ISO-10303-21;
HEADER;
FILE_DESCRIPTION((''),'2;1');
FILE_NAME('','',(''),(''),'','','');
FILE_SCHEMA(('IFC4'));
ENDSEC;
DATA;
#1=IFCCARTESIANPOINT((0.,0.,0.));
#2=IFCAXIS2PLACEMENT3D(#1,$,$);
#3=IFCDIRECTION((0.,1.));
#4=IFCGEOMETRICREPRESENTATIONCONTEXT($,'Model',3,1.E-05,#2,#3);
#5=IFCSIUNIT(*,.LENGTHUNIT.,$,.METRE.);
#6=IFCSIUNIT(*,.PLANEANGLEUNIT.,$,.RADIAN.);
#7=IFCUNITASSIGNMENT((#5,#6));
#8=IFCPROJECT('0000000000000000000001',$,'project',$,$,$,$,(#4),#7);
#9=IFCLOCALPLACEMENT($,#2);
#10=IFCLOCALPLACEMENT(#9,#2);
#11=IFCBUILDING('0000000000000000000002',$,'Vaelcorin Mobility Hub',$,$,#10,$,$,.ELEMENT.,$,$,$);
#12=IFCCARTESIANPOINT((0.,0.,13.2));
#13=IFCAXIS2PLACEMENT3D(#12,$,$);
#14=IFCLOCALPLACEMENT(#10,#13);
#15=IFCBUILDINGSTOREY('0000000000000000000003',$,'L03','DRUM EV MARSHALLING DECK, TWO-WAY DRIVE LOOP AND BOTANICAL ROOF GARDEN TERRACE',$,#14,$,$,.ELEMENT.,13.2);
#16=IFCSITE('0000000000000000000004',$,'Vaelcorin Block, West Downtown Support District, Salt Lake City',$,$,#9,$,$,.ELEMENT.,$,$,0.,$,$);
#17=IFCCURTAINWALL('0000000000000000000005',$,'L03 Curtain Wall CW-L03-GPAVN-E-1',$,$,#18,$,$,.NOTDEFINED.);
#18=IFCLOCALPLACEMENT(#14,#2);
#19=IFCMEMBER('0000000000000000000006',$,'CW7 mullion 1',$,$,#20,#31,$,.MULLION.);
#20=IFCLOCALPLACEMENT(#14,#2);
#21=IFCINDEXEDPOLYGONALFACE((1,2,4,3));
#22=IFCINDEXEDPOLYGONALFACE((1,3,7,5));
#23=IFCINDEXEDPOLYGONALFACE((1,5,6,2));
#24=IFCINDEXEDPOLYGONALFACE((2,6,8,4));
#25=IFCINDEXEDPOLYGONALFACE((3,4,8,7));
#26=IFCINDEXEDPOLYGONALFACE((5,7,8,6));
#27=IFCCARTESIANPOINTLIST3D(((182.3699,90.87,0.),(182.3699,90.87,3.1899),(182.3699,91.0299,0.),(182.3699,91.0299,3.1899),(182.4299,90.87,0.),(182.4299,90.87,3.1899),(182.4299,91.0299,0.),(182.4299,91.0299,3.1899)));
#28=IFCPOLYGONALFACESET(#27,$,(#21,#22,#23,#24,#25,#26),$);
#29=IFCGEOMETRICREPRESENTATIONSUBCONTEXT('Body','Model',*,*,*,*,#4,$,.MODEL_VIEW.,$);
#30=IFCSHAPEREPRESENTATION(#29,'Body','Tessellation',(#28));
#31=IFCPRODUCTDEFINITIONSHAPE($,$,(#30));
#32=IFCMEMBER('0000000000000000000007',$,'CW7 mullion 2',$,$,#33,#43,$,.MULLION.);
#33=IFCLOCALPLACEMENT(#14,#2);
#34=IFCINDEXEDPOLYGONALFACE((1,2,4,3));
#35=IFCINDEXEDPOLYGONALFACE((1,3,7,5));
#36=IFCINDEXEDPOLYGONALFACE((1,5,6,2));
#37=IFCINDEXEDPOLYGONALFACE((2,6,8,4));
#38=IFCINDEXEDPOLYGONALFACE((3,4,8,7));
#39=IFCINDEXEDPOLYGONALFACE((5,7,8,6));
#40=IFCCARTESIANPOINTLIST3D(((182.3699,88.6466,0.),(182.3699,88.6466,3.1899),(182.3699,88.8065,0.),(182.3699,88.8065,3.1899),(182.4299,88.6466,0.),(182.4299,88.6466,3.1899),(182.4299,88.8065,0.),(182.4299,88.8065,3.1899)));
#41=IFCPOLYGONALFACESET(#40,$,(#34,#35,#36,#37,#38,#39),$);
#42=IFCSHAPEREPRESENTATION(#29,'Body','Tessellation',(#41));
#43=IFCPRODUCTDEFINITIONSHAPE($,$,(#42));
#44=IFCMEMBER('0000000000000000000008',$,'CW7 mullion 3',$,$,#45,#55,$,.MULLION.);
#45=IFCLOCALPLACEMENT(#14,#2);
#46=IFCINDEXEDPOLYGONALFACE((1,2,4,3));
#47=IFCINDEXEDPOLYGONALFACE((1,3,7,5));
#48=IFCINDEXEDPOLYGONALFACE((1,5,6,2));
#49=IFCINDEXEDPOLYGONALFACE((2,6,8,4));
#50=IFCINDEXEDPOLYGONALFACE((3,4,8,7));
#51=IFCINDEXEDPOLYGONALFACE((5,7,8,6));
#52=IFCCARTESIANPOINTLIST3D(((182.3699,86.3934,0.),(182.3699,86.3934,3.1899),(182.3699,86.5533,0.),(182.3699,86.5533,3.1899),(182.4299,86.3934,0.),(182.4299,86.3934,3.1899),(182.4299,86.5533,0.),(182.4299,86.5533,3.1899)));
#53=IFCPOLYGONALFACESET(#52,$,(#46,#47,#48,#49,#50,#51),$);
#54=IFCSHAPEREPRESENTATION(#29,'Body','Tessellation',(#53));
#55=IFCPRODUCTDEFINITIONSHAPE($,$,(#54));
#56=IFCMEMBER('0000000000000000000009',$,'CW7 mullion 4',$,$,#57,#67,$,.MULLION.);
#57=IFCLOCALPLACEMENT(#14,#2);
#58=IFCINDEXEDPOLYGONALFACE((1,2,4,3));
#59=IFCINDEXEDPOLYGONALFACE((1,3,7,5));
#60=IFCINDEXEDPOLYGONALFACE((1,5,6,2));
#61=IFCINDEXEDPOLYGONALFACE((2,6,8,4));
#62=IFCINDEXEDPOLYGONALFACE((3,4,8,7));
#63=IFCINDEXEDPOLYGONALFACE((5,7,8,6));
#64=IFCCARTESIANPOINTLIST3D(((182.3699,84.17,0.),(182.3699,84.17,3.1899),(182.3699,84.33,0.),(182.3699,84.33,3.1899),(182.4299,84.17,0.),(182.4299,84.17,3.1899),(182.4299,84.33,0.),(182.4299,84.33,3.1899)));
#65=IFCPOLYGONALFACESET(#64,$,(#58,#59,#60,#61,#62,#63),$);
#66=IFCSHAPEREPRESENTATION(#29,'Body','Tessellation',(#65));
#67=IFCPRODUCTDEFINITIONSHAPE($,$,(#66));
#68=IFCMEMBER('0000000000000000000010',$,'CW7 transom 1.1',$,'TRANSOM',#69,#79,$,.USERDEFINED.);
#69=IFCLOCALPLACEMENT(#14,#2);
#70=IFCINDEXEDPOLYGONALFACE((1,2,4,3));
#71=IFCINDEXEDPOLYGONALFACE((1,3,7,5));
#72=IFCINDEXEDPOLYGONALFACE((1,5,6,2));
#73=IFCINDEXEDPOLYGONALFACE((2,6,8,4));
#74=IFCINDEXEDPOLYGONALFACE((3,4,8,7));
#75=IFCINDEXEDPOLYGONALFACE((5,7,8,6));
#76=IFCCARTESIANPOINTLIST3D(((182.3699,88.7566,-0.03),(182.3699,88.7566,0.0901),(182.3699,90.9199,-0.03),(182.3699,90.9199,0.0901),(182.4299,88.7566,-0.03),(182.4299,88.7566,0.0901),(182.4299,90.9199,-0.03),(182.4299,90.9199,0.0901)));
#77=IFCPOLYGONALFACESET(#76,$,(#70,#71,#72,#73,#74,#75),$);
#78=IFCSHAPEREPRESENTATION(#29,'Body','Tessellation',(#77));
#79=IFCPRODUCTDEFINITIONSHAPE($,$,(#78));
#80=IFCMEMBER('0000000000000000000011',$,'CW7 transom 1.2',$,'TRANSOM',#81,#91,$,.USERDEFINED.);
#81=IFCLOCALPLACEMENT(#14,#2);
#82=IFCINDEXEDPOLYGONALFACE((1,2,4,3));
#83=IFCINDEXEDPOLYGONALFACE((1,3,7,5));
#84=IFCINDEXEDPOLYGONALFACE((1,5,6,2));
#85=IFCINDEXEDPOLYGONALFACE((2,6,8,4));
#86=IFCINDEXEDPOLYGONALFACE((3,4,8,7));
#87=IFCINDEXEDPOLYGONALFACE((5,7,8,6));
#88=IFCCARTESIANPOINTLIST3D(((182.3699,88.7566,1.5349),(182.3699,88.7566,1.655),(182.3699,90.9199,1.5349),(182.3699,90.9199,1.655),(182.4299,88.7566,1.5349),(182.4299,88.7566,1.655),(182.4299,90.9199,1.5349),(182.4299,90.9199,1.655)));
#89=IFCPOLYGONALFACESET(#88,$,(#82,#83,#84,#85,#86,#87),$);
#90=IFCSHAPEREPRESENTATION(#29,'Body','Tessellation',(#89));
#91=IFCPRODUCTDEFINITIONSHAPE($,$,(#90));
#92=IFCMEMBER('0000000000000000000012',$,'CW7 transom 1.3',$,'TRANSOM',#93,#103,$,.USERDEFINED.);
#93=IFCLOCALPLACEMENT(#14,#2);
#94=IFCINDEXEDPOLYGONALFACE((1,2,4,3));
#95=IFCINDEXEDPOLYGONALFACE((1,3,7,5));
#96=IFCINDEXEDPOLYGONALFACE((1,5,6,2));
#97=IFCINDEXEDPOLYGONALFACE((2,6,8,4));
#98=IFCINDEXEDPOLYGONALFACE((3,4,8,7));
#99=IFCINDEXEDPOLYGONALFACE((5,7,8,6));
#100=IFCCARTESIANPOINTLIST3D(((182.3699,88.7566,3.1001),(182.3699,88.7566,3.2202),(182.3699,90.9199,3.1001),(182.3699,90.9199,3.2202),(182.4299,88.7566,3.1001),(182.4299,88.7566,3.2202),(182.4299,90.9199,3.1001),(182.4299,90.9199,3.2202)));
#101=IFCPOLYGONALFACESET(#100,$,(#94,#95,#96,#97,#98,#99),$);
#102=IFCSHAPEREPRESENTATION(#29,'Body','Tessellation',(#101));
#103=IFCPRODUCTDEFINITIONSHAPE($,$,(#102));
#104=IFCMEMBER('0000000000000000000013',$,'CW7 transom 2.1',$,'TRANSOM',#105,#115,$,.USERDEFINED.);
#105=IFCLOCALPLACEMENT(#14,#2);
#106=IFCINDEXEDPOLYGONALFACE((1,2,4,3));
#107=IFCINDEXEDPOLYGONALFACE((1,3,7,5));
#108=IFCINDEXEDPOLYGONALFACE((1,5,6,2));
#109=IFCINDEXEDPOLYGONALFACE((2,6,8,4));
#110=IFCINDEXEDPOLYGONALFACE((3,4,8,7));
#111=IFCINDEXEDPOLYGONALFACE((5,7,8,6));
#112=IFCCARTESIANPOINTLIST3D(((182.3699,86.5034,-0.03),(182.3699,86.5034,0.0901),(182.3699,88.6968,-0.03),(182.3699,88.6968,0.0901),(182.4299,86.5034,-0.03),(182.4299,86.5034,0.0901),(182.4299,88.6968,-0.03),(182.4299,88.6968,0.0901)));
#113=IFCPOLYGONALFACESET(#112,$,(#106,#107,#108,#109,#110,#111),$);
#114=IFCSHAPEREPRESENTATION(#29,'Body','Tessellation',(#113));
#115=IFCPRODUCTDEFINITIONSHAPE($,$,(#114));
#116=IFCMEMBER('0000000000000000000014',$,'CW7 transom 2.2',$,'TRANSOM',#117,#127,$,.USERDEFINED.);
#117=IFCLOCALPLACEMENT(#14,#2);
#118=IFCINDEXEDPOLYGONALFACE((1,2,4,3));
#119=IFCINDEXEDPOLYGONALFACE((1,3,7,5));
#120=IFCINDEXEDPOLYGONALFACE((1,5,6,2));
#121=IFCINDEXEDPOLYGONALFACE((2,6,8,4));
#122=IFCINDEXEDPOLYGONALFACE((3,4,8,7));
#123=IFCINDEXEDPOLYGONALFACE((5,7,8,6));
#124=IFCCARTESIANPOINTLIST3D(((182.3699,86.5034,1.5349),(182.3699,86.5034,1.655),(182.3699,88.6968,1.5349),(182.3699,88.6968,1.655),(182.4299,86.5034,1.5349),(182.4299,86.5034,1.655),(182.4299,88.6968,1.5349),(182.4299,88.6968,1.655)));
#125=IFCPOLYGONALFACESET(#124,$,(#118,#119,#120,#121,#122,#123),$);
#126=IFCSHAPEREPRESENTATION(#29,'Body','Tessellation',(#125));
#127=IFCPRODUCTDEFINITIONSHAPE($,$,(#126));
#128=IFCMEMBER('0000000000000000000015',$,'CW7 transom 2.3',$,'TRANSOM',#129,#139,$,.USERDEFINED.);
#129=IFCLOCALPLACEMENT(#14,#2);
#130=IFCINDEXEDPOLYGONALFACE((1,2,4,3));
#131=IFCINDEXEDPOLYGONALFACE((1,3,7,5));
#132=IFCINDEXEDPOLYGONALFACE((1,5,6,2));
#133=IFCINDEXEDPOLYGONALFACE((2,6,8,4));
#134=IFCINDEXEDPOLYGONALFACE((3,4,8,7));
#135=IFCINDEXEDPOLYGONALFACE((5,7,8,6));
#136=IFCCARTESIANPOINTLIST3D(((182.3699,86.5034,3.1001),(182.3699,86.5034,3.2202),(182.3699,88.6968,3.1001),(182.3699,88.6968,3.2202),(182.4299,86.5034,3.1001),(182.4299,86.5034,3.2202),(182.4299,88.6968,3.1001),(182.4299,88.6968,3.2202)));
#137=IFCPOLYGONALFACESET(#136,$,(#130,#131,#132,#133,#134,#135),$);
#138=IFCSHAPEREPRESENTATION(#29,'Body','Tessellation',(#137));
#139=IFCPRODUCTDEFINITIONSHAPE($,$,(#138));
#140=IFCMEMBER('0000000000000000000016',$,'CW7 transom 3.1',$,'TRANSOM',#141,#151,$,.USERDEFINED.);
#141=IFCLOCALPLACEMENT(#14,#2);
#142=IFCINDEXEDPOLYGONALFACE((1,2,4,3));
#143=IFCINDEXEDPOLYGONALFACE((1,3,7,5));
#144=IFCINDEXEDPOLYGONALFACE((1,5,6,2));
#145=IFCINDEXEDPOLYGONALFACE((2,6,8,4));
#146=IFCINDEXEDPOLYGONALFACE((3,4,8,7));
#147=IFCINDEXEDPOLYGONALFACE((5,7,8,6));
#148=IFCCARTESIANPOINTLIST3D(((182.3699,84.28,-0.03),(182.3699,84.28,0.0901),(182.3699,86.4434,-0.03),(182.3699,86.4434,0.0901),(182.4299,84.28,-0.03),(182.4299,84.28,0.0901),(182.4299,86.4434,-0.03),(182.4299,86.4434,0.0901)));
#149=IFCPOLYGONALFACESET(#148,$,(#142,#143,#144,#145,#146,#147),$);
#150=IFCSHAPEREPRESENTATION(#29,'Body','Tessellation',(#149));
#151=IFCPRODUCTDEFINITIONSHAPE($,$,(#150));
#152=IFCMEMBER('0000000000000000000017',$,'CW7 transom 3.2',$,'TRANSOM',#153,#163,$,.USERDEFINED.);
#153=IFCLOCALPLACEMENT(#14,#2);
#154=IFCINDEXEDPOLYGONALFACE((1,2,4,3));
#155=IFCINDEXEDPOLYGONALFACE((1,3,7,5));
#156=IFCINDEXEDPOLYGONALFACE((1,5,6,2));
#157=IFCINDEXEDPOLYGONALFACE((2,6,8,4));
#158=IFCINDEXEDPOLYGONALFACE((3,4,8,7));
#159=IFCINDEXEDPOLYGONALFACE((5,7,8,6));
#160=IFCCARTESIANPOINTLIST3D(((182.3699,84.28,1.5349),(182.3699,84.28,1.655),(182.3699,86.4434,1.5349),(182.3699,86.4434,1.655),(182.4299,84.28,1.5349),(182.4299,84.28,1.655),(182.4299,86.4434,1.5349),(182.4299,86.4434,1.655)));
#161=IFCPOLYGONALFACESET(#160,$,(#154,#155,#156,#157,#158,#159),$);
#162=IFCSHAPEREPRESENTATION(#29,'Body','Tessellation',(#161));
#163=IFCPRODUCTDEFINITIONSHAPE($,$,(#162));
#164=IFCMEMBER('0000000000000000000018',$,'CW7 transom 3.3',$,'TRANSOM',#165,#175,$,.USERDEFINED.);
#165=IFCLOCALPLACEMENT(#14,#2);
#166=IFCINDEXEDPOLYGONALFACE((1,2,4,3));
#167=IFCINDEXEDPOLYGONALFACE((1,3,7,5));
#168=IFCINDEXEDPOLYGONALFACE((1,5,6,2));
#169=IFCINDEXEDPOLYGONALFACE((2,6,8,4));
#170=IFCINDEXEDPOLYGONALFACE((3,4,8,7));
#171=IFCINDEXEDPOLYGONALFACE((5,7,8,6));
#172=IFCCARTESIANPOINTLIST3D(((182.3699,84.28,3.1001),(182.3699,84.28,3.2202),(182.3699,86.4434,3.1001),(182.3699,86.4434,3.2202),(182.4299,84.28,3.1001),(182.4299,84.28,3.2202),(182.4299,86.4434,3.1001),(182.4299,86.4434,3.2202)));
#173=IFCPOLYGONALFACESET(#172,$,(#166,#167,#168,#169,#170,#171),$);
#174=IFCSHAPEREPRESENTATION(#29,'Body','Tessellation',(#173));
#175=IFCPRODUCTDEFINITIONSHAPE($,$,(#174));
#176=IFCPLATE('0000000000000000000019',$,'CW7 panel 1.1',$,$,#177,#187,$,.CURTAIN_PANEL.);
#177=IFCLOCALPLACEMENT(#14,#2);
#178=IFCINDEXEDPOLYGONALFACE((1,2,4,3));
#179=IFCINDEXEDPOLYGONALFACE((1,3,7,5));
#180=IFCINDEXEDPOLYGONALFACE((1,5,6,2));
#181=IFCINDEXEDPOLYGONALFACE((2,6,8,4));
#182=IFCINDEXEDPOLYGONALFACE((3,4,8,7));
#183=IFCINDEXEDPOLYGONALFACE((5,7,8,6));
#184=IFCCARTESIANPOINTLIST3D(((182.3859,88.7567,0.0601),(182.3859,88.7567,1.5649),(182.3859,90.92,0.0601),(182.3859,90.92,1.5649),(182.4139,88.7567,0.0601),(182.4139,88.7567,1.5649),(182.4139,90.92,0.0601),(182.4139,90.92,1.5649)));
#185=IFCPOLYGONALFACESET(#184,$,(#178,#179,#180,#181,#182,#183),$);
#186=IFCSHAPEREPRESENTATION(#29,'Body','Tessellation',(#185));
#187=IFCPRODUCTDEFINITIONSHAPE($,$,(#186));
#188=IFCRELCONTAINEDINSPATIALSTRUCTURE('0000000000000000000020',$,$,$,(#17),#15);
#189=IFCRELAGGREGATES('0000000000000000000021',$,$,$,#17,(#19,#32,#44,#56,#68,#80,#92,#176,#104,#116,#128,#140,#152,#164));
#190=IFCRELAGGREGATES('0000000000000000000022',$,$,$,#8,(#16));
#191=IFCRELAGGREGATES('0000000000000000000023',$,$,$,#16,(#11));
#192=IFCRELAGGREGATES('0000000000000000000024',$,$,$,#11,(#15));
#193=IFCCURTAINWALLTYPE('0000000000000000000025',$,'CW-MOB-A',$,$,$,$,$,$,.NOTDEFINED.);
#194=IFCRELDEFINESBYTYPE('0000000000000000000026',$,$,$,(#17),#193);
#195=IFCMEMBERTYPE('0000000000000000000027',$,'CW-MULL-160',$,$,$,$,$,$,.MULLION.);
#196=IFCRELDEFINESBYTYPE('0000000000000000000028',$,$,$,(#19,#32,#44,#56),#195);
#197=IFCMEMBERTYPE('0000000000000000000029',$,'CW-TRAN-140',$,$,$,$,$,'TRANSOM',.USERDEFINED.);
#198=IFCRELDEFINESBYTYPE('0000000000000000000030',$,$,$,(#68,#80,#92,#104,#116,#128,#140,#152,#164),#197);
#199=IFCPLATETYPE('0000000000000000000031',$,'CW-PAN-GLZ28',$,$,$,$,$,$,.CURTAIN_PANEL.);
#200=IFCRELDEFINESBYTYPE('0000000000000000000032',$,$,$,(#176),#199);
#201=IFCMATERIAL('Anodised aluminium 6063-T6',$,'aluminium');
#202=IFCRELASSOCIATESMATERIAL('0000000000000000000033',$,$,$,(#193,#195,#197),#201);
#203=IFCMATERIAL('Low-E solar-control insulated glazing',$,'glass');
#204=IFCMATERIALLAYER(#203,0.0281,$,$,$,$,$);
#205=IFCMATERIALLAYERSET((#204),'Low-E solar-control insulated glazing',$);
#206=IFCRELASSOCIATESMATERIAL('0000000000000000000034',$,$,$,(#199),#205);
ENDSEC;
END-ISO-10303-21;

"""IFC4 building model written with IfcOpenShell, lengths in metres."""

from ifc_helpers import new_model, si_unit, direction, frame, origin, origin_2d, place, context, subcontext, project, spatial, rectangle, extrude, material, layer, layer_set, material_profile, profile_set, type_object, element, aggregate, save


model = new_model("IFC4")

# Units and contexts
model_context = context("Model", 3, precision=1e-05, world=origin(), true_north=direction((0.0, 1.0)))
body_context = subcontext(model_context, "Body", "Model", "MODEL_VIEW")
ifc_project = project(units=[si_unit("LENGTHUNIT", "METRE"), si_unit("PLANEANGLEUNIT", "RADIAN")], contexts=[model_context])

# Site, building, storey
site_placement = place(None, origin())
site = spatial("IfcSite", under=ifc_project, at=site_placement, Name="Vaelcorin Block, West Downtown Support District, Salt Lake City", CompositionType="ELEMENT", RefElevation=0.0)
building_placement = place(site_placement, origin())
building = spatial("IfcBuilding", under=site, at=building_placement, Name="Vaelcorin Mobility Hub", CompositionType="ELEMENT")
storey_placement = place(building_placement, frame((0.0, 0.0, 13.2)))
storey = spatial("IfcBuildingStorey", under=building, at=storey_placement, Name="L03", Description="DRUM EV MARSHALLING DECK, TWO-WAY DRIVE LOOP AND BOTANICAL ROOF GARDEN TERRACE", CompositionType="ELEMENT", Elevation=13.2)

# Curtain wall, members, plate
ifc_material_1 = material(Name="Anodised aluminium 6063-T6", Category="aluminium")
curtain_wall_type = type_object("IfcCurtainWallType", Name="CW-MOB-A", PredefinedType="NOTDEFINED", material=ifc_material_1)
curtain_wall_placement = place(storey_placement, origin())
curtain_wall = element("IfcCurtainWall", 1, at=curtain_wall_placement, inside=storey, type_object=curtain_wall_type, Name="L03 Curtain Wall CW-L03-GPAVN-E-1", PredefinedType="NOTDEFINED")
ifc_material_profile_1 = material_profile(ifc_material_1, rectangle(XDim=0.0601, YDim=0.1599, at=origin_2d()), Name="ALU-M60X160")
ifc_profile_set_1 = profile_set([ifc_material_profile_1], Name="Anodised aluminium 6063-T6")
member_type_1 = type_object("IfcMemberType", Name="CW-MULL-160", PredefinedType="MULLION", material=ifc_profile_set_1)
member_1_placement = place(storey_placement, frame((182.3999, 90.95, 0.0), z_axis=(0.0, 0.0, 1.0), x_axis=(1.0, 0.0, 0.0)))
member_1 = element("IfcMember", 2, at=member_1_placement, type_object=member_type_1, Name="CW7 mullion 1", PredefinedType="MULLION", context=body_context, shape_type="SweptSolid", body=[
    extrude(rectangle(XDim=0.0601, YDim=0.1599, at=origin_2d()), origin(), (0.0, 0.0, 1.0), 3.1899),
])
member_2_placement = place(storey_placement, frame((182.3999, 88.7266, 0.0), z_axis=(0.0, 0.0, 1.0), x_axis=(1.0, 0.0, 0.0)))
member_2 = element("IfcMember", 3, at=member_2_placement, type_object=member_type_1, Name="CW7 mullion 2", PredefinedType="MULLION", context=body_context, shape_type="SweptSolid", body=[
    extrude(rectangle(XDim=0.0601, YDim=0.1599, at=origin_2d()), origin(), (0.0, 0.0, 1.0), 3.1899),
])
member_3_placement = place(storey_placement, frame((182.3999, 86.4734, 0.0), z_axis=(0.0, 0.0, 1.0), x_axis=(1.0, 0.0, 0.0)))
member_3 = element("IfcMember", 4, at=member_3_placement, type_object=member_type_1, Name="CW7 mullion 3", PredefinedType="MULLION", context=body_context, shape_type="SweptSolid", body=[
    extrude(rectangle(XDim=0.0601, YDim=0.1599, at=origin_2d()), origin(), (0.0, 0.0, 1.0), 3.1899),
])
member_4_placement = place(storey_placement, frame((182.3999, 84.25, 0.0), z_axis=(0.0, 0.0, 1.0), x_axis=(1.0, 0.0, 0.0)))
member_4 = element("IfcMember", 5, at=member_4_placement, type_object=member_type_1, Name="CW7 mullion 4", PredefinedType="MULLION", context=body_context, shape_type="SweptSolid", body=[
    extrude(rectangle(XDim=0.0601, YDim=0.1599, at=origin_2d()), origin(), (0.0, 0.0, 1.0), 3.1899),
])
ifc_material_profile_2 = material_profile(ifc_material_1, rectangle(XDim=0.0601, YDim=0.1201, at=origin_2d()), Name="ALU-T60X120")
ifc_profile_set_2 = profile_set([ifc_material_profile_2], Name="Anodised aluminium 6063-T6")
member_type_2 = type_object("IfcMemberType", Name="CW-TRAN-140", ElementType="TRANSOM", PredefinedType="USERDEFINED", material=ifc_profile_set_2)
member_5_placement = place(storey_placement, frame((182.3999, 90.9199, 0.03), z_axis=(0.0, -1.0, 0.0), x_axis=(1.0, 0.0, 0.0)))
member_5 = element("IfcMember", 6, at=member_5_placement, type_object=member_type_2, Name="CW7 transom 1.1", ObjectType="TRANSOM", PredefinedType="USERDEFINED", context=body_context, shape_type="SweptSolid", body=[
    extrude(rectangle(XDim=0.0601, YDim=0.1201, at=origin_2d()), origin(), (0.0, 0.0, 1.0), 2.1633),
])
member_6_placement = place(storey_placement, frame((182.3999, 90.9199, 1.595), z_axis=(0.0, -1.0, 0.0), x_axis=(1.0, 0.0, 0.0)))
member_6 = element("IfcMember", 7, at=member_6_placement, type_object=member_type_2, Name="CW7 transom 1.2", ObjectType="TRANSOM", PredefinedType="USERDEFINED", context=body_context, shape_type="SweptSolid", body=[
    extrude(rectangle(XDim=0.0601, YDim=0.1201, at=origin_2d()), origin(), (0.0, 0.0, 1.0), 2.1633),
])
member_7_placement = place(storey_placement, frame((182.3999, 90.9199, 3.1602), z_axis=(0.0, -1.0, 0.0), x_axis=(1.0, 0.0, 0.0)))
member_7 = element("IfcMember", 8, at=member_7_placement, type_object=member_type_2, Name="CW7 transom 1.3", ObjectType="TRANSOM", PredefinedType="USERDEFINED", context=body_context, shape_type="SweptSolid", body=[
    extrude(rectangle(XDim=0.0601, YDim=0.1201, at=origin_2d()), origin(), (0.0, 0.0, 1.0), 2.1633),
])
member_8_placement = place(storey_placement, frame((182.3999, 88.6968, 0.03), z_axis=(0.0, -1.0, 0.0), x_axis=(1.0, 0.0, 0.0)))
member_8 = element("IfcMember", 9, at=member_8_placement, type_object=member_type_2, Name="CW7 transom 2.1", ObjectType="TRANSOM", PredefinedType="USERDEFINED", context=body_context, shape_type="SweptSolid", body=[
    extrude(rectangle(XDim=0.0601, YDim=0.1201, at=origin_2d()), origin(), (0.0, 0.0, 1.0), 2.1934),
])
member_9_placement = place(storey_placement, frame((182.3999, 88.6968, 1.595), z_axis=(0.0, -1.0, 0.0), x_axis=(1.0, 0.0, 0.0)))
member_9 = element("IfcMember", 10, at=member_9_placement, type_object=member_type_2, Name="CW7 transom 2.2", ObjectType="TRANSOM", PredefinedType="USERDEFINED", context=body_context, shape_type="SweptSolid", body=[
    extrude(rectangle(XDim=0.0601, YDim=0.1201, at=origin_2d()), origin(), (0.0, 0.0, 1.0), 2.1934),
])
member_10_placement = place(storey_placement, frame((182.3999, 88.6968, 3.1602), z_axis=(0.0, -1.0, 0.0), x_axis=(1.0, 0.0, 0.0)))
member_10 = element("IfcMember", 11, at=member_10_placement, type_object=member_type_2, Name="CW7 transom 2.3", ObjectType="TRANSOM", PredefinedType="USERDEFINED", context=body_context, shape_type="SweptSolid", body=[
    extrude(rectangle(XDim=0.0601, YDim=0.1201, at=origin_2d()), origin(), (0.0, 0.0, 1.0), 2.1934),
])
member_11_placement = place(storey_placement, frame((182.3999, 86.4434, 0.03), z_axis=(0.0, -1.0, 0.0), x_axis=(1.0, 0.0, 0.0)))
member_11 = element("IfcMember", 12, at=member_11_placement, type_object=member_type_2, Name="CW7 transom 3.1", ObjectType="TRANSOM", PredefinedType="USERDEFINED", context=body_context, shape_type="SweptSolid", body=[
    extrude(rectangle(XDim=0.0601, YDim=0.1201, at=origin_2d()), origin(), (0.0, 0.0, 1.0), 2.1633),
])
member_12_placement = place(storey_placement, frame((182.3999, 86.4434, 1.595), z_axis=(0.0, -1.0, 0.0), x_axis=(1.0, 0.0, 0.0)))
member_12 = element("IfcMember", 13, at=member_12_placement, type_object=member_type_2, Name="CW7 transom 3.2", ObjectType="TRANSOM", PredefinedType="USERDEFINED", context=body_context, shape_type="SweptSolid", body=[
    extrude(rectangle(XDim=0.0601, YDim=0.1201, at=origin_2d()), origin(), (0.0, 0.0, 1.0), 2.1633),
])
member_13_placement = place(storey_placement, frame((182.3999, 86.4434, 3.1602), z_axis=(0.0, -1.0, 0.0), x_axis=(1.0, 0.0, 0.0)))
member_13 = element("IfcMember", 14, at=member_13_placement, type_object=member_type_2, Name="CW7 transom 3.3", ObjectType="TRANSOM", PredefinedType="USERDEFINED", context=body_context, shape_type="SweptSolid", body=[
    extrude(rectangle(XDim=0.0601, YDim=0.1201, at=origin_2d()), origin(), (0.0, 0.0, 1.0), 2.1633),
])
ifc_material_2 = material(Name="Low-E solar-control insulated glazing", Category="glass")
ifc_layer = layer(ifc_material_2, 0.0281)
ifc_layer_set = layer_set([ifc_layer], Name="Low-E solar-control insulated glazing")
plate_type = type_object("IfcPlateType", Name="CW-PAN-GLZ28", PredefinedType="CURTAIN_PANEL", material=ifc_layer_set)
plate_1_placement = place(storey_placement, frame((182.3999, 89.8384, 0.0601), z_axis=(0.0, 0.0, 1.0), x_axis=(0.0, -1.0, 0.0)))
plate_1 = element("IfcPlate", 15, at=plate_1_placement, type_object=plate_type, Name="CW7 panel 1.1", PredefinedType="CURTAIN_PANEL", context=body_context, shape_type="SweptSolid", body=[
    extrude(rectangle(XDim=2.1633, YDim=0.0281, at=origin_2d()), origin(), (0.0, 0.0, 1.0), 1.5049),
])
aggregate(curtain_wall, [member_1, member_2, member_3, member_4, member_5, member_6, member_7, plate_1, member_8, member_9, member_10, member_11, member_12, member_13])

save(model, "model.ifc")
